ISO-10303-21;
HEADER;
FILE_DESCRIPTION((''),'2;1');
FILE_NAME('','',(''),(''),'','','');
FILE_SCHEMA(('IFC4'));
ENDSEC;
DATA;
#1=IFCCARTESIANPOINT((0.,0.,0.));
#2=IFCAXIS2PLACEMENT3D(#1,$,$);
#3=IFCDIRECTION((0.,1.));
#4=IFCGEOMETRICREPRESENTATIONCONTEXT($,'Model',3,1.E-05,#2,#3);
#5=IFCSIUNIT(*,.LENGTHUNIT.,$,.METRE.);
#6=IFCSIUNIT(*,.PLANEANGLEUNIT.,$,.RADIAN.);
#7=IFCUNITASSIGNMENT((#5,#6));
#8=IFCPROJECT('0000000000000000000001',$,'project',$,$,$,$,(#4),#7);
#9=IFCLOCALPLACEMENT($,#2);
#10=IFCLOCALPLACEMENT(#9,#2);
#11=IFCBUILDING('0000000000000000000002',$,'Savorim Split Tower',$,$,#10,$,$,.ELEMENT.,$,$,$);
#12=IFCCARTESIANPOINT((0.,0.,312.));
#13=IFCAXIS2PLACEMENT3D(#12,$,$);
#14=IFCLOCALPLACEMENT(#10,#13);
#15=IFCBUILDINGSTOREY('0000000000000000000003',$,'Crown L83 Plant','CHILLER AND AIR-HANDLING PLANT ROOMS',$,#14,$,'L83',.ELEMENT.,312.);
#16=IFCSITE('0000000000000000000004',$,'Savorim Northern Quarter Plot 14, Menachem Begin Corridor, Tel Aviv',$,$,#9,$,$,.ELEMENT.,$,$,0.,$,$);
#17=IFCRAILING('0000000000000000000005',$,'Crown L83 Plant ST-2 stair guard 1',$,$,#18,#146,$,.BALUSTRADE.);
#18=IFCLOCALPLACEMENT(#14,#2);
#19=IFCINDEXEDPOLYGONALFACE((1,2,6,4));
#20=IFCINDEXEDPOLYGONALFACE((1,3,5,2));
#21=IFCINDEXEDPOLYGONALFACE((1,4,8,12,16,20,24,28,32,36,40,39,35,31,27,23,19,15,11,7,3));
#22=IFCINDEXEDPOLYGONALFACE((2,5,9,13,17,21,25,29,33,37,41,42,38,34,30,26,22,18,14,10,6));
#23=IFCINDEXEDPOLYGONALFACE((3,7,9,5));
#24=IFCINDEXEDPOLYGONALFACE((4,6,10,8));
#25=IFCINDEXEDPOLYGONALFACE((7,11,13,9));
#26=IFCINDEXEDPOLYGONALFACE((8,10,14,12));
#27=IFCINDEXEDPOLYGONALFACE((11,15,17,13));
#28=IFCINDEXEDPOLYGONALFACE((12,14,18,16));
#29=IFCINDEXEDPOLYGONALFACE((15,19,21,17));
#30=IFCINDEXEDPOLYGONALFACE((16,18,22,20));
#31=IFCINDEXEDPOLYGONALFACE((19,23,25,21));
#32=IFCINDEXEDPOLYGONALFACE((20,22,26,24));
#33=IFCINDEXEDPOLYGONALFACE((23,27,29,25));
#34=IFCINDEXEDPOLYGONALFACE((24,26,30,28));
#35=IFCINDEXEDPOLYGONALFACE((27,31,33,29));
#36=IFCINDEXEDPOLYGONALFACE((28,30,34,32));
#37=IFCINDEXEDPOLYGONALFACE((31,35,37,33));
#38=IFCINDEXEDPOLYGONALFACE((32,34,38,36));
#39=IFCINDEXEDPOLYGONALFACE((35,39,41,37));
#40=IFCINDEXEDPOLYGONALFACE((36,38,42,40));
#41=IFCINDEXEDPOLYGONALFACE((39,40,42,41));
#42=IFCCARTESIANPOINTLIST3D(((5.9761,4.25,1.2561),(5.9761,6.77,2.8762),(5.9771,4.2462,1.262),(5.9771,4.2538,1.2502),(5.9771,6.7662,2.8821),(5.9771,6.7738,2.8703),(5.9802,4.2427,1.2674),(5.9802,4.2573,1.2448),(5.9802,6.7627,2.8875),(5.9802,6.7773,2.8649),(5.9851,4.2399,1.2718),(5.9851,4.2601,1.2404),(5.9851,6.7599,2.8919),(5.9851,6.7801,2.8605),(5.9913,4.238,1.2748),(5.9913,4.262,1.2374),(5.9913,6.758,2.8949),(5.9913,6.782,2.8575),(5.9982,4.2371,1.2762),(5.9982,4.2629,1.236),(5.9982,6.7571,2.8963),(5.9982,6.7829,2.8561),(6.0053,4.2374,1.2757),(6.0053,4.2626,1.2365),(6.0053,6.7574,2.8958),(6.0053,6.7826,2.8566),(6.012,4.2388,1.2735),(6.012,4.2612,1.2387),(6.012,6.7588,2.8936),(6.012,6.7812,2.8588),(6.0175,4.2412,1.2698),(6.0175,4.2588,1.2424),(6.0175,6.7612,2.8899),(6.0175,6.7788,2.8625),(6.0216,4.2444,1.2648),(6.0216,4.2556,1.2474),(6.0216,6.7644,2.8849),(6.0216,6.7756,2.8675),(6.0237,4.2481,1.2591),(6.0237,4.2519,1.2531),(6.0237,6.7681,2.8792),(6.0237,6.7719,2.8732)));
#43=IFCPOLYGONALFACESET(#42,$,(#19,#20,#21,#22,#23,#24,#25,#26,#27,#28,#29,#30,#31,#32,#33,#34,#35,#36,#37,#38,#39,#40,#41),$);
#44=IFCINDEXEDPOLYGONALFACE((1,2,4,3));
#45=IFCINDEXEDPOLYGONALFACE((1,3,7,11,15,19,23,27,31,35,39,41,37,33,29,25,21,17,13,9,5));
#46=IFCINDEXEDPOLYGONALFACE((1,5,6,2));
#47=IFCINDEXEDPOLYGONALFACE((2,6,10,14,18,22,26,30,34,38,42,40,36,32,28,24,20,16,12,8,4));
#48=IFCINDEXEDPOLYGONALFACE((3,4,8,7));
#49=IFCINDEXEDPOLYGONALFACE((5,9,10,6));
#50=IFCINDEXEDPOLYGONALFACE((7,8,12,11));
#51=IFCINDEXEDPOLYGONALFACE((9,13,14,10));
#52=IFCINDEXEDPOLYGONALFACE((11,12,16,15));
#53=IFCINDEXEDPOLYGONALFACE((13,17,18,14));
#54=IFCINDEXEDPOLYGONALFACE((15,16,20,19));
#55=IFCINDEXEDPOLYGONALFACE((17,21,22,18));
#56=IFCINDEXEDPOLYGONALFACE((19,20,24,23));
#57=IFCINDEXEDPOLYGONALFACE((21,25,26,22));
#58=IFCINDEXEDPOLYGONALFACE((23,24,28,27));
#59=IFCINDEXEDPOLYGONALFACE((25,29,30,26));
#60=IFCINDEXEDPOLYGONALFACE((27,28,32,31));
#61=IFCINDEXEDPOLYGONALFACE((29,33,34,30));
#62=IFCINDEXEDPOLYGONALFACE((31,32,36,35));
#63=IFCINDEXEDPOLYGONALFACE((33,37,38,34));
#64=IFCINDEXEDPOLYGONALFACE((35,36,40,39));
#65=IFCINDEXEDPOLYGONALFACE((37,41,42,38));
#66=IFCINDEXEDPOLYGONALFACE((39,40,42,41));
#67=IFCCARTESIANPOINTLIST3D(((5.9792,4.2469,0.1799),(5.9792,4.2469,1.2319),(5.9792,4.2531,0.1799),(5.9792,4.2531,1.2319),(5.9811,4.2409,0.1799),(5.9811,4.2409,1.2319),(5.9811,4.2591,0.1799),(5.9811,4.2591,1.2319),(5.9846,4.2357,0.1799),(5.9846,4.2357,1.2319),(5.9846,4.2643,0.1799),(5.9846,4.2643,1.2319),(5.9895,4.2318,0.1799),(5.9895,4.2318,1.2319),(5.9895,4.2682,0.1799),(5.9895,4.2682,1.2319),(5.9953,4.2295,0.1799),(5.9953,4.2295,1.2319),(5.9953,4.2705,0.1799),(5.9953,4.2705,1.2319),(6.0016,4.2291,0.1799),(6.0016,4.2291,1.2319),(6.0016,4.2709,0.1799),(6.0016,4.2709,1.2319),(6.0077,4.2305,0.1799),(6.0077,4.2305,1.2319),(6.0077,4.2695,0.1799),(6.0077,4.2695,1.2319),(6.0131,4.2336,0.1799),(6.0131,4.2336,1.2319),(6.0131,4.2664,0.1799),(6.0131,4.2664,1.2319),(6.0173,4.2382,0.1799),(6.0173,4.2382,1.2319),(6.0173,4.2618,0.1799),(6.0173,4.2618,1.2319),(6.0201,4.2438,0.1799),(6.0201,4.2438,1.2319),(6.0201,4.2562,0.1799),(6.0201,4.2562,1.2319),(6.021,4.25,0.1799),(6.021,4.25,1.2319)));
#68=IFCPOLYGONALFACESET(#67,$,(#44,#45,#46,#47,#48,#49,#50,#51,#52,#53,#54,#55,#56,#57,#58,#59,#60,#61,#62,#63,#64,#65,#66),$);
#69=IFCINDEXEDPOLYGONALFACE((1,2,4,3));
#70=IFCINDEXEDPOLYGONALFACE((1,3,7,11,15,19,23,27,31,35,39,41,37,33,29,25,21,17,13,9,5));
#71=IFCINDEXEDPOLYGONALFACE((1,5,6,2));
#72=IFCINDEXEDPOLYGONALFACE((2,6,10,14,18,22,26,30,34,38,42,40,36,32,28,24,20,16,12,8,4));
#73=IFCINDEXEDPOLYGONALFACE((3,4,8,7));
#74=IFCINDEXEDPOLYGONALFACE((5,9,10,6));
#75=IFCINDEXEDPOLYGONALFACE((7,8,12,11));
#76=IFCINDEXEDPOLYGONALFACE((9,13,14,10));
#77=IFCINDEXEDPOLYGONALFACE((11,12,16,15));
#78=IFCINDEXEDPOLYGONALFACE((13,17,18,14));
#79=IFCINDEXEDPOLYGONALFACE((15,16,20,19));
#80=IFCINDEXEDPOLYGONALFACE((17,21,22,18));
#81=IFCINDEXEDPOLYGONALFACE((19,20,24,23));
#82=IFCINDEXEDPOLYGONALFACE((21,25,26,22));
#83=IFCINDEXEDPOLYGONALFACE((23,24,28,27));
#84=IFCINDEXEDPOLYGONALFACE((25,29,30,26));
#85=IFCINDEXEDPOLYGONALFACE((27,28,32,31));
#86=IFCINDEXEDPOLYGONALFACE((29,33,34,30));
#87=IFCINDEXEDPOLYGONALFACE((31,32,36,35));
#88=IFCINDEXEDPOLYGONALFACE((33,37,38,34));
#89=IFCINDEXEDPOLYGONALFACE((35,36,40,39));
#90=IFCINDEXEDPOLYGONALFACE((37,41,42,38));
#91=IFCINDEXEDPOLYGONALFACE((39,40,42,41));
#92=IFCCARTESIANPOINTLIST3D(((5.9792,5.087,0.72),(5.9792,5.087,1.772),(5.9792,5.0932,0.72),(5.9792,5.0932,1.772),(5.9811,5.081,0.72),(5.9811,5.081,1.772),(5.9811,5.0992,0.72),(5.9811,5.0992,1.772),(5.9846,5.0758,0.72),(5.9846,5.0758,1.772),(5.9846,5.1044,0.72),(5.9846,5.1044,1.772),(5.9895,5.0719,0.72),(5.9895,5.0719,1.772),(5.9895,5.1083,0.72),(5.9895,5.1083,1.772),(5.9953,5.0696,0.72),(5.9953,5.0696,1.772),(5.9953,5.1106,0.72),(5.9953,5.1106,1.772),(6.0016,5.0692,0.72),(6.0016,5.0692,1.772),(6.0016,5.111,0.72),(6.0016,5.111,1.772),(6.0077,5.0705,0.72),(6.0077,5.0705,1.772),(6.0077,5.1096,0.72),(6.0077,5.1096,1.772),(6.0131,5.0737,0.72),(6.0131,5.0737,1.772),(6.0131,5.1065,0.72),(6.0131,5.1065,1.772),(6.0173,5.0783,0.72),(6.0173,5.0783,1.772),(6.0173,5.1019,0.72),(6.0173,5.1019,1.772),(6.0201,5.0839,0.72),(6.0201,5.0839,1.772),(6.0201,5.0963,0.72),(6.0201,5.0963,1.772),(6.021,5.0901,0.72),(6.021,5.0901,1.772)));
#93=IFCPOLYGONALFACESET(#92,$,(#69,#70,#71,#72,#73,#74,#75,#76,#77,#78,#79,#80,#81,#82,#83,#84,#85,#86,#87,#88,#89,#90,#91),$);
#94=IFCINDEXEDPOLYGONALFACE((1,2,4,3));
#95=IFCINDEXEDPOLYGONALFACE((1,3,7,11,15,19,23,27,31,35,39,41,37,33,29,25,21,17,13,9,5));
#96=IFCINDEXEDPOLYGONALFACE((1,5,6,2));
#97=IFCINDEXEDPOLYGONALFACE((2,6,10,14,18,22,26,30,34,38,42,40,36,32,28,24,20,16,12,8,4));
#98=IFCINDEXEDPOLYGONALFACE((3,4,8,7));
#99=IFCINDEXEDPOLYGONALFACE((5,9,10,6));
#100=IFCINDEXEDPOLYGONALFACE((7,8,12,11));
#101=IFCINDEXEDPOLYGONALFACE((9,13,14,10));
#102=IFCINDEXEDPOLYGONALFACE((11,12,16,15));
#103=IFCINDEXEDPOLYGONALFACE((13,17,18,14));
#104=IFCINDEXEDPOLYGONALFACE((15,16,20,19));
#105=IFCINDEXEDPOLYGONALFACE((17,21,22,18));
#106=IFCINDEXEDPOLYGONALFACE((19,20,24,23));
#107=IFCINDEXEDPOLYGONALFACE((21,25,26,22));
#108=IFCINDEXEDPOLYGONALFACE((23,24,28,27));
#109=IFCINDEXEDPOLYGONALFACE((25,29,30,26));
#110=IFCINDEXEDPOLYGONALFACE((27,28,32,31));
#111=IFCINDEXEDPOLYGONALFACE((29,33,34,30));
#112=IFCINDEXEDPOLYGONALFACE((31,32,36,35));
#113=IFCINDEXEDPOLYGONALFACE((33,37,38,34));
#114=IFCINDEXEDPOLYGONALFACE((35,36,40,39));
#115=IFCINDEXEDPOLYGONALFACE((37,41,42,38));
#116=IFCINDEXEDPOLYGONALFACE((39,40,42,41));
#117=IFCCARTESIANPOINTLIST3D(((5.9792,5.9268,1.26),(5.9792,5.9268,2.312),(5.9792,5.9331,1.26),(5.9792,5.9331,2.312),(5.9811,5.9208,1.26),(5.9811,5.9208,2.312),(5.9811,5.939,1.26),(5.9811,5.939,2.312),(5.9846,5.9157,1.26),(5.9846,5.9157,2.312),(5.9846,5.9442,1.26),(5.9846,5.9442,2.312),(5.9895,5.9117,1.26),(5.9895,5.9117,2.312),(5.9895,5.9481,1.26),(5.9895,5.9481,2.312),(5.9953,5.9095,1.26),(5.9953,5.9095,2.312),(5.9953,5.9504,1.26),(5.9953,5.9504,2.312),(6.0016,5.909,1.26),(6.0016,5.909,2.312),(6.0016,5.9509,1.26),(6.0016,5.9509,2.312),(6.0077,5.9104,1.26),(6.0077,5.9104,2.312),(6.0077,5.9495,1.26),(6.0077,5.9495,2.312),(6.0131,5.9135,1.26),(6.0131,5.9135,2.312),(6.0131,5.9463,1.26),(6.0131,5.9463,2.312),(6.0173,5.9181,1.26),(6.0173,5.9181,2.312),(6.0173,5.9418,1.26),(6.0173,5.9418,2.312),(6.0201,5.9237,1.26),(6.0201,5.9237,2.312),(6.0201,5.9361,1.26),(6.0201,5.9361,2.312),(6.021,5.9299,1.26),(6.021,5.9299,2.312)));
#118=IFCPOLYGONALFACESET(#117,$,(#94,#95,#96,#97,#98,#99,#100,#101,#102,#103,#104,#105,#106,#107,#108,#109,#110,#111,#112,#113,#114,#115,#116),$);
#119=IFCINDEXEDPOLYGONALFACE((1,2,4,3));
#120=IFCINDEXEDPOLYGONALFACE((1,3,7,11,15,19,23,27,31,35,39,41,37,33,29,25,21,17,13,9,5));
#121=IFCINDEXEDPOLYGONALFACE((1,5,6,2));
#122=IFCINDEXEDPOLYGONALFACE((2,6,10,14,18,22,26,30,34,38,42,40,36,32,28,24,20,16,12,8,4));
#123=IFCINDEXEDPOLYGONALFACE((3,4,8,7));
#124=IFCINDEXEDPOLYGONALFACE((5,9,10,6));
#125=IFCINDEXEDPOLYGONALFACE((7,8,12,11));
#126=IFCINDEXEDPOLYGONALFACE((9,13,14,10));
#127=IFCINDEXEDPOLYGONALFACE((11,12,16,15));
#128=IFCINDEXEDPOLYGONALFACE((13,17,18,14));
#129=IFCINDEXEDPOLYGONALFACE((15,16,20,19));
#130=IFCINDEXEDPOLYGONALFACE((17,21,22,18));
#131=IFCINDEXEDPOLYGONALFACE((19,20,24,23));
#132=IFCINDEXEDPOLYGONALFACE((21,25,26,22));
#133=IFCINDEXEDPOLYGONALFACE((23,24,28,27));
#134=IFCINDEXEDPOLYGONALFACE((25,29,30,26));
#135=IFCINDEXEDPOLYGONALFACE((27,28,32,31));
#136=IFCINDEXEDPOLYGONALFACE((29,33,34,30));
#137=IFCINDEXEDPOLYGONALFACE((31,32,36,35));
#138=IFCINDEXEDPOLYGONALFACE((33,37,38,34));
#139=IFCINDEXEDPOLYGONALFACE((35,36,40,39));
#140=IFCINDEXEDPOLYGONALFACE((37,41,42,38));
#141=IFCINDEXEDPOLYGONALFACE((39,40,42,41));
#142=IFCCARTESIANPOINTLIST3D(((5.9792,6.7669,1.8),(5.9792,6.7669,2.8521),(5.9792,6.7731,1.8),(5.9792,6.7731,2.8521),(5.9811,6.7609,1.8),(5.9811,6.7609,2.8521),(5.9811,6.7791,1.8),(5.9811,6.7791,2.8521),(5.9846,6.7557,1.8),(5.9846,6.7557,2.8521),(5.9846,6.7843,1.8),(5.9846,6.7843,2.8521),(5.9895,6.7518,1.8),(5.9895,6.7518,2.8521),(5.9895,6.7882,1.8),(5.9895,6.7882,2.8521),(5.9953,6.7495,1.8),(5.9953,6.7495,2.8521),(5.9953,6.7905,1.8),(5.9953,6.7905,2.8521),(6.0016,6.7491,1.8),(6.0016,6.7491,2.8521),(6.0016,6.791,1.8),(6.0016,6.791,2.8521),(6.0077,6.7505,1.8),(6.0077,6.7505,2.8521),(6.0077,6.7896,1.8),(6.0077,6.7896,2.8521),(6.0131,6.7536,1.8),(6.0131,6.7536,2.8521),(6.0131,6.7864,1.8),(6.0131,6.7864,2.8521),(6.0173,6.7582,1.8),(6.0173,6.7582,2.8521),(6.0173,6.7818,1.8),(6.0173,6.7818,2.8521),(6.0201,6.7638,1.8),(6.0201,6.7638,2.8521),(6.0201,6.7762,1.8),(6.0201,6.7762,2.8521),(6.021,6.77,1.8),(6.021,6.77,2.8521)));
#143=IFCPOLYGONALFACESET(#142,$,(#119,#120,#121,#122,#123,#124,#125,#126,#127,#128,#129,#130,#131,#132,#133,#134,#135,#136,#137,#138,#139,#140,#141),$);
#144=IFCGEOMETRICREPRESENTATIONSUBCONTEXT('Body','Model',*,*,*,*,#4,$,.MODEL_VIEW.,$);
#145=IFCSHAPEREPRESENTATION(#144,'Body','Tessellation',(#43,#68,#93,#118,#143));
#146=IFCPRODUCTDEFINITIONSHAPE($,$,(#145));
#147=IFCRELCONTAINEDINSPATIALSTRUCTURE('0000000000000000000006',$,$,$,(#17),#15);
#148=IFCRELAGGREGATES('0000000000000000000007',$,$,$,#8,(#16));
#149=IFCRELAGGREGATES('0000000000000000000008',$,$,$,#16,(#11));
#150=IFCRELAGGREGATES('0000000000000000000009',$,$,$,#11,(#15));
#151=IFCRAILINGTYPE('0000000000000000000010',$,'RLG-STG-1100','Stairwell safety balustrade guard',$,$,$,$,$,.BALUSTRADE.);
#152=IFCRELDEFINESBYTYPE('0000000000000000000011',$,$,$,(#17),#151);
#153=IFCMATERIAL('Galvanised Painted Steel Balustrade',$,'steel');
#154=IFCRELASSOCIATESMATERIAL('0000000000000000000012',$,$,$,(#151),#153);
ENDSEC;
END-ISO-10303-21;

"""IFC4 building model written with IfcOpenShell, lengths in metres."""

from ifc_helpers import new_model, si_unit, direction, frame, origin, origin_2d, place, context, subcontext, project, spatial, circle, extrude, material, type_object, element, save


model = new_model("IFC4")

# Units and contexts
model_context = context("Model", 3, precision=1e-05, world=origin(), true_north=direction((0.0, 1.0)))
body_context = subcontext(model_context, "Body", "Model", "MODEL_VIEW")
ifc_project = project(units=[si_unit("LENGTHUNIT", "METRE"), si_unit("PLANEANGLEUNIT", "RADIAN")], contexts=[model_context])

# Site, building, storey
site_placement = place(None, origin())
site = spatial("IfcSite", under=ifc_project, at=site_placement, Name="Savorim Northern Quarter Plot 14, Menachem Begin Corridor, Tel Aviv", CompositionType="ELEMENT", RefElevation=0.0)
building_placement = place(site_placement, origin())
building = spatial("IfcBuilding", under=site, at=building_placement, Name="Savorim Split Tower", CompositionType="ELEMENT")
storey_placement = place(building_placement, frame((0.0, 0.0, 312.0)))
storey = spatial("IfcBuildingStorey", under=building, at=storey_placement, Name="Crown L83 Plant", Description="CHILLER AND AIR-HANDLING PLANT ROOMS", LongName="L83", CompositionType="ELEMENT", Elevation=312.0)

# Railing
ifc_material_1 = material(Name="Galvanised Painted Steel Balustrade", Category="steel")
railing_type_1 = type_object("IfcRailingType", Name="RLG-STG-1100", Description="Stairwell safety balustrade guard", PredefinedType="BALUSTRADE", material=ifc_material_1)
railing_1_placement = place(storey_placement, frame((6.0, 4.25, 0.1799)))
element("IfcRailing", 1, at=railing_1_placement, inside=storey, type_object=railing_type_1, Name="Crown L83 Plant ST-2 stair guard 1", PredefinedType="BALUSTRADE", context=body_context, shape_type="SweptSolid", body=[
    extrude(circle(Radius=0.0239, at=origin_2d()), frame((0.0, 0.0, 1.0762), z_axis=(0.0, 0.841163, 0.540782), x_axis=(-1.0, 0.0, 0.0)), (0.0, 0.0, 1.0), 2.9958),
    extrude(circle(Radius=0.021, at=origin_2d()), origin(), (0.0, 0.0, 1.0), 1.052),
    extrude(circle(Radius=0.021, at=origin_2d()), frame((0.0, 0.8401, 0.54)), (0.0, 0.0, 1.0), 1.052),
    extrude(circle(Radius=0.021, at=origin_2d()), frame((0.0, 1.6799, 1.0801)), (0.0, 0.0, 1.0), 1.052),
    extrude(circle(Radius=0.021, at=origin_2d()), frame((0.0, 2.52, 1.6201)), (0.0, 0.0, 1.0), 1.052),
])

save(model, "model.ifc")
